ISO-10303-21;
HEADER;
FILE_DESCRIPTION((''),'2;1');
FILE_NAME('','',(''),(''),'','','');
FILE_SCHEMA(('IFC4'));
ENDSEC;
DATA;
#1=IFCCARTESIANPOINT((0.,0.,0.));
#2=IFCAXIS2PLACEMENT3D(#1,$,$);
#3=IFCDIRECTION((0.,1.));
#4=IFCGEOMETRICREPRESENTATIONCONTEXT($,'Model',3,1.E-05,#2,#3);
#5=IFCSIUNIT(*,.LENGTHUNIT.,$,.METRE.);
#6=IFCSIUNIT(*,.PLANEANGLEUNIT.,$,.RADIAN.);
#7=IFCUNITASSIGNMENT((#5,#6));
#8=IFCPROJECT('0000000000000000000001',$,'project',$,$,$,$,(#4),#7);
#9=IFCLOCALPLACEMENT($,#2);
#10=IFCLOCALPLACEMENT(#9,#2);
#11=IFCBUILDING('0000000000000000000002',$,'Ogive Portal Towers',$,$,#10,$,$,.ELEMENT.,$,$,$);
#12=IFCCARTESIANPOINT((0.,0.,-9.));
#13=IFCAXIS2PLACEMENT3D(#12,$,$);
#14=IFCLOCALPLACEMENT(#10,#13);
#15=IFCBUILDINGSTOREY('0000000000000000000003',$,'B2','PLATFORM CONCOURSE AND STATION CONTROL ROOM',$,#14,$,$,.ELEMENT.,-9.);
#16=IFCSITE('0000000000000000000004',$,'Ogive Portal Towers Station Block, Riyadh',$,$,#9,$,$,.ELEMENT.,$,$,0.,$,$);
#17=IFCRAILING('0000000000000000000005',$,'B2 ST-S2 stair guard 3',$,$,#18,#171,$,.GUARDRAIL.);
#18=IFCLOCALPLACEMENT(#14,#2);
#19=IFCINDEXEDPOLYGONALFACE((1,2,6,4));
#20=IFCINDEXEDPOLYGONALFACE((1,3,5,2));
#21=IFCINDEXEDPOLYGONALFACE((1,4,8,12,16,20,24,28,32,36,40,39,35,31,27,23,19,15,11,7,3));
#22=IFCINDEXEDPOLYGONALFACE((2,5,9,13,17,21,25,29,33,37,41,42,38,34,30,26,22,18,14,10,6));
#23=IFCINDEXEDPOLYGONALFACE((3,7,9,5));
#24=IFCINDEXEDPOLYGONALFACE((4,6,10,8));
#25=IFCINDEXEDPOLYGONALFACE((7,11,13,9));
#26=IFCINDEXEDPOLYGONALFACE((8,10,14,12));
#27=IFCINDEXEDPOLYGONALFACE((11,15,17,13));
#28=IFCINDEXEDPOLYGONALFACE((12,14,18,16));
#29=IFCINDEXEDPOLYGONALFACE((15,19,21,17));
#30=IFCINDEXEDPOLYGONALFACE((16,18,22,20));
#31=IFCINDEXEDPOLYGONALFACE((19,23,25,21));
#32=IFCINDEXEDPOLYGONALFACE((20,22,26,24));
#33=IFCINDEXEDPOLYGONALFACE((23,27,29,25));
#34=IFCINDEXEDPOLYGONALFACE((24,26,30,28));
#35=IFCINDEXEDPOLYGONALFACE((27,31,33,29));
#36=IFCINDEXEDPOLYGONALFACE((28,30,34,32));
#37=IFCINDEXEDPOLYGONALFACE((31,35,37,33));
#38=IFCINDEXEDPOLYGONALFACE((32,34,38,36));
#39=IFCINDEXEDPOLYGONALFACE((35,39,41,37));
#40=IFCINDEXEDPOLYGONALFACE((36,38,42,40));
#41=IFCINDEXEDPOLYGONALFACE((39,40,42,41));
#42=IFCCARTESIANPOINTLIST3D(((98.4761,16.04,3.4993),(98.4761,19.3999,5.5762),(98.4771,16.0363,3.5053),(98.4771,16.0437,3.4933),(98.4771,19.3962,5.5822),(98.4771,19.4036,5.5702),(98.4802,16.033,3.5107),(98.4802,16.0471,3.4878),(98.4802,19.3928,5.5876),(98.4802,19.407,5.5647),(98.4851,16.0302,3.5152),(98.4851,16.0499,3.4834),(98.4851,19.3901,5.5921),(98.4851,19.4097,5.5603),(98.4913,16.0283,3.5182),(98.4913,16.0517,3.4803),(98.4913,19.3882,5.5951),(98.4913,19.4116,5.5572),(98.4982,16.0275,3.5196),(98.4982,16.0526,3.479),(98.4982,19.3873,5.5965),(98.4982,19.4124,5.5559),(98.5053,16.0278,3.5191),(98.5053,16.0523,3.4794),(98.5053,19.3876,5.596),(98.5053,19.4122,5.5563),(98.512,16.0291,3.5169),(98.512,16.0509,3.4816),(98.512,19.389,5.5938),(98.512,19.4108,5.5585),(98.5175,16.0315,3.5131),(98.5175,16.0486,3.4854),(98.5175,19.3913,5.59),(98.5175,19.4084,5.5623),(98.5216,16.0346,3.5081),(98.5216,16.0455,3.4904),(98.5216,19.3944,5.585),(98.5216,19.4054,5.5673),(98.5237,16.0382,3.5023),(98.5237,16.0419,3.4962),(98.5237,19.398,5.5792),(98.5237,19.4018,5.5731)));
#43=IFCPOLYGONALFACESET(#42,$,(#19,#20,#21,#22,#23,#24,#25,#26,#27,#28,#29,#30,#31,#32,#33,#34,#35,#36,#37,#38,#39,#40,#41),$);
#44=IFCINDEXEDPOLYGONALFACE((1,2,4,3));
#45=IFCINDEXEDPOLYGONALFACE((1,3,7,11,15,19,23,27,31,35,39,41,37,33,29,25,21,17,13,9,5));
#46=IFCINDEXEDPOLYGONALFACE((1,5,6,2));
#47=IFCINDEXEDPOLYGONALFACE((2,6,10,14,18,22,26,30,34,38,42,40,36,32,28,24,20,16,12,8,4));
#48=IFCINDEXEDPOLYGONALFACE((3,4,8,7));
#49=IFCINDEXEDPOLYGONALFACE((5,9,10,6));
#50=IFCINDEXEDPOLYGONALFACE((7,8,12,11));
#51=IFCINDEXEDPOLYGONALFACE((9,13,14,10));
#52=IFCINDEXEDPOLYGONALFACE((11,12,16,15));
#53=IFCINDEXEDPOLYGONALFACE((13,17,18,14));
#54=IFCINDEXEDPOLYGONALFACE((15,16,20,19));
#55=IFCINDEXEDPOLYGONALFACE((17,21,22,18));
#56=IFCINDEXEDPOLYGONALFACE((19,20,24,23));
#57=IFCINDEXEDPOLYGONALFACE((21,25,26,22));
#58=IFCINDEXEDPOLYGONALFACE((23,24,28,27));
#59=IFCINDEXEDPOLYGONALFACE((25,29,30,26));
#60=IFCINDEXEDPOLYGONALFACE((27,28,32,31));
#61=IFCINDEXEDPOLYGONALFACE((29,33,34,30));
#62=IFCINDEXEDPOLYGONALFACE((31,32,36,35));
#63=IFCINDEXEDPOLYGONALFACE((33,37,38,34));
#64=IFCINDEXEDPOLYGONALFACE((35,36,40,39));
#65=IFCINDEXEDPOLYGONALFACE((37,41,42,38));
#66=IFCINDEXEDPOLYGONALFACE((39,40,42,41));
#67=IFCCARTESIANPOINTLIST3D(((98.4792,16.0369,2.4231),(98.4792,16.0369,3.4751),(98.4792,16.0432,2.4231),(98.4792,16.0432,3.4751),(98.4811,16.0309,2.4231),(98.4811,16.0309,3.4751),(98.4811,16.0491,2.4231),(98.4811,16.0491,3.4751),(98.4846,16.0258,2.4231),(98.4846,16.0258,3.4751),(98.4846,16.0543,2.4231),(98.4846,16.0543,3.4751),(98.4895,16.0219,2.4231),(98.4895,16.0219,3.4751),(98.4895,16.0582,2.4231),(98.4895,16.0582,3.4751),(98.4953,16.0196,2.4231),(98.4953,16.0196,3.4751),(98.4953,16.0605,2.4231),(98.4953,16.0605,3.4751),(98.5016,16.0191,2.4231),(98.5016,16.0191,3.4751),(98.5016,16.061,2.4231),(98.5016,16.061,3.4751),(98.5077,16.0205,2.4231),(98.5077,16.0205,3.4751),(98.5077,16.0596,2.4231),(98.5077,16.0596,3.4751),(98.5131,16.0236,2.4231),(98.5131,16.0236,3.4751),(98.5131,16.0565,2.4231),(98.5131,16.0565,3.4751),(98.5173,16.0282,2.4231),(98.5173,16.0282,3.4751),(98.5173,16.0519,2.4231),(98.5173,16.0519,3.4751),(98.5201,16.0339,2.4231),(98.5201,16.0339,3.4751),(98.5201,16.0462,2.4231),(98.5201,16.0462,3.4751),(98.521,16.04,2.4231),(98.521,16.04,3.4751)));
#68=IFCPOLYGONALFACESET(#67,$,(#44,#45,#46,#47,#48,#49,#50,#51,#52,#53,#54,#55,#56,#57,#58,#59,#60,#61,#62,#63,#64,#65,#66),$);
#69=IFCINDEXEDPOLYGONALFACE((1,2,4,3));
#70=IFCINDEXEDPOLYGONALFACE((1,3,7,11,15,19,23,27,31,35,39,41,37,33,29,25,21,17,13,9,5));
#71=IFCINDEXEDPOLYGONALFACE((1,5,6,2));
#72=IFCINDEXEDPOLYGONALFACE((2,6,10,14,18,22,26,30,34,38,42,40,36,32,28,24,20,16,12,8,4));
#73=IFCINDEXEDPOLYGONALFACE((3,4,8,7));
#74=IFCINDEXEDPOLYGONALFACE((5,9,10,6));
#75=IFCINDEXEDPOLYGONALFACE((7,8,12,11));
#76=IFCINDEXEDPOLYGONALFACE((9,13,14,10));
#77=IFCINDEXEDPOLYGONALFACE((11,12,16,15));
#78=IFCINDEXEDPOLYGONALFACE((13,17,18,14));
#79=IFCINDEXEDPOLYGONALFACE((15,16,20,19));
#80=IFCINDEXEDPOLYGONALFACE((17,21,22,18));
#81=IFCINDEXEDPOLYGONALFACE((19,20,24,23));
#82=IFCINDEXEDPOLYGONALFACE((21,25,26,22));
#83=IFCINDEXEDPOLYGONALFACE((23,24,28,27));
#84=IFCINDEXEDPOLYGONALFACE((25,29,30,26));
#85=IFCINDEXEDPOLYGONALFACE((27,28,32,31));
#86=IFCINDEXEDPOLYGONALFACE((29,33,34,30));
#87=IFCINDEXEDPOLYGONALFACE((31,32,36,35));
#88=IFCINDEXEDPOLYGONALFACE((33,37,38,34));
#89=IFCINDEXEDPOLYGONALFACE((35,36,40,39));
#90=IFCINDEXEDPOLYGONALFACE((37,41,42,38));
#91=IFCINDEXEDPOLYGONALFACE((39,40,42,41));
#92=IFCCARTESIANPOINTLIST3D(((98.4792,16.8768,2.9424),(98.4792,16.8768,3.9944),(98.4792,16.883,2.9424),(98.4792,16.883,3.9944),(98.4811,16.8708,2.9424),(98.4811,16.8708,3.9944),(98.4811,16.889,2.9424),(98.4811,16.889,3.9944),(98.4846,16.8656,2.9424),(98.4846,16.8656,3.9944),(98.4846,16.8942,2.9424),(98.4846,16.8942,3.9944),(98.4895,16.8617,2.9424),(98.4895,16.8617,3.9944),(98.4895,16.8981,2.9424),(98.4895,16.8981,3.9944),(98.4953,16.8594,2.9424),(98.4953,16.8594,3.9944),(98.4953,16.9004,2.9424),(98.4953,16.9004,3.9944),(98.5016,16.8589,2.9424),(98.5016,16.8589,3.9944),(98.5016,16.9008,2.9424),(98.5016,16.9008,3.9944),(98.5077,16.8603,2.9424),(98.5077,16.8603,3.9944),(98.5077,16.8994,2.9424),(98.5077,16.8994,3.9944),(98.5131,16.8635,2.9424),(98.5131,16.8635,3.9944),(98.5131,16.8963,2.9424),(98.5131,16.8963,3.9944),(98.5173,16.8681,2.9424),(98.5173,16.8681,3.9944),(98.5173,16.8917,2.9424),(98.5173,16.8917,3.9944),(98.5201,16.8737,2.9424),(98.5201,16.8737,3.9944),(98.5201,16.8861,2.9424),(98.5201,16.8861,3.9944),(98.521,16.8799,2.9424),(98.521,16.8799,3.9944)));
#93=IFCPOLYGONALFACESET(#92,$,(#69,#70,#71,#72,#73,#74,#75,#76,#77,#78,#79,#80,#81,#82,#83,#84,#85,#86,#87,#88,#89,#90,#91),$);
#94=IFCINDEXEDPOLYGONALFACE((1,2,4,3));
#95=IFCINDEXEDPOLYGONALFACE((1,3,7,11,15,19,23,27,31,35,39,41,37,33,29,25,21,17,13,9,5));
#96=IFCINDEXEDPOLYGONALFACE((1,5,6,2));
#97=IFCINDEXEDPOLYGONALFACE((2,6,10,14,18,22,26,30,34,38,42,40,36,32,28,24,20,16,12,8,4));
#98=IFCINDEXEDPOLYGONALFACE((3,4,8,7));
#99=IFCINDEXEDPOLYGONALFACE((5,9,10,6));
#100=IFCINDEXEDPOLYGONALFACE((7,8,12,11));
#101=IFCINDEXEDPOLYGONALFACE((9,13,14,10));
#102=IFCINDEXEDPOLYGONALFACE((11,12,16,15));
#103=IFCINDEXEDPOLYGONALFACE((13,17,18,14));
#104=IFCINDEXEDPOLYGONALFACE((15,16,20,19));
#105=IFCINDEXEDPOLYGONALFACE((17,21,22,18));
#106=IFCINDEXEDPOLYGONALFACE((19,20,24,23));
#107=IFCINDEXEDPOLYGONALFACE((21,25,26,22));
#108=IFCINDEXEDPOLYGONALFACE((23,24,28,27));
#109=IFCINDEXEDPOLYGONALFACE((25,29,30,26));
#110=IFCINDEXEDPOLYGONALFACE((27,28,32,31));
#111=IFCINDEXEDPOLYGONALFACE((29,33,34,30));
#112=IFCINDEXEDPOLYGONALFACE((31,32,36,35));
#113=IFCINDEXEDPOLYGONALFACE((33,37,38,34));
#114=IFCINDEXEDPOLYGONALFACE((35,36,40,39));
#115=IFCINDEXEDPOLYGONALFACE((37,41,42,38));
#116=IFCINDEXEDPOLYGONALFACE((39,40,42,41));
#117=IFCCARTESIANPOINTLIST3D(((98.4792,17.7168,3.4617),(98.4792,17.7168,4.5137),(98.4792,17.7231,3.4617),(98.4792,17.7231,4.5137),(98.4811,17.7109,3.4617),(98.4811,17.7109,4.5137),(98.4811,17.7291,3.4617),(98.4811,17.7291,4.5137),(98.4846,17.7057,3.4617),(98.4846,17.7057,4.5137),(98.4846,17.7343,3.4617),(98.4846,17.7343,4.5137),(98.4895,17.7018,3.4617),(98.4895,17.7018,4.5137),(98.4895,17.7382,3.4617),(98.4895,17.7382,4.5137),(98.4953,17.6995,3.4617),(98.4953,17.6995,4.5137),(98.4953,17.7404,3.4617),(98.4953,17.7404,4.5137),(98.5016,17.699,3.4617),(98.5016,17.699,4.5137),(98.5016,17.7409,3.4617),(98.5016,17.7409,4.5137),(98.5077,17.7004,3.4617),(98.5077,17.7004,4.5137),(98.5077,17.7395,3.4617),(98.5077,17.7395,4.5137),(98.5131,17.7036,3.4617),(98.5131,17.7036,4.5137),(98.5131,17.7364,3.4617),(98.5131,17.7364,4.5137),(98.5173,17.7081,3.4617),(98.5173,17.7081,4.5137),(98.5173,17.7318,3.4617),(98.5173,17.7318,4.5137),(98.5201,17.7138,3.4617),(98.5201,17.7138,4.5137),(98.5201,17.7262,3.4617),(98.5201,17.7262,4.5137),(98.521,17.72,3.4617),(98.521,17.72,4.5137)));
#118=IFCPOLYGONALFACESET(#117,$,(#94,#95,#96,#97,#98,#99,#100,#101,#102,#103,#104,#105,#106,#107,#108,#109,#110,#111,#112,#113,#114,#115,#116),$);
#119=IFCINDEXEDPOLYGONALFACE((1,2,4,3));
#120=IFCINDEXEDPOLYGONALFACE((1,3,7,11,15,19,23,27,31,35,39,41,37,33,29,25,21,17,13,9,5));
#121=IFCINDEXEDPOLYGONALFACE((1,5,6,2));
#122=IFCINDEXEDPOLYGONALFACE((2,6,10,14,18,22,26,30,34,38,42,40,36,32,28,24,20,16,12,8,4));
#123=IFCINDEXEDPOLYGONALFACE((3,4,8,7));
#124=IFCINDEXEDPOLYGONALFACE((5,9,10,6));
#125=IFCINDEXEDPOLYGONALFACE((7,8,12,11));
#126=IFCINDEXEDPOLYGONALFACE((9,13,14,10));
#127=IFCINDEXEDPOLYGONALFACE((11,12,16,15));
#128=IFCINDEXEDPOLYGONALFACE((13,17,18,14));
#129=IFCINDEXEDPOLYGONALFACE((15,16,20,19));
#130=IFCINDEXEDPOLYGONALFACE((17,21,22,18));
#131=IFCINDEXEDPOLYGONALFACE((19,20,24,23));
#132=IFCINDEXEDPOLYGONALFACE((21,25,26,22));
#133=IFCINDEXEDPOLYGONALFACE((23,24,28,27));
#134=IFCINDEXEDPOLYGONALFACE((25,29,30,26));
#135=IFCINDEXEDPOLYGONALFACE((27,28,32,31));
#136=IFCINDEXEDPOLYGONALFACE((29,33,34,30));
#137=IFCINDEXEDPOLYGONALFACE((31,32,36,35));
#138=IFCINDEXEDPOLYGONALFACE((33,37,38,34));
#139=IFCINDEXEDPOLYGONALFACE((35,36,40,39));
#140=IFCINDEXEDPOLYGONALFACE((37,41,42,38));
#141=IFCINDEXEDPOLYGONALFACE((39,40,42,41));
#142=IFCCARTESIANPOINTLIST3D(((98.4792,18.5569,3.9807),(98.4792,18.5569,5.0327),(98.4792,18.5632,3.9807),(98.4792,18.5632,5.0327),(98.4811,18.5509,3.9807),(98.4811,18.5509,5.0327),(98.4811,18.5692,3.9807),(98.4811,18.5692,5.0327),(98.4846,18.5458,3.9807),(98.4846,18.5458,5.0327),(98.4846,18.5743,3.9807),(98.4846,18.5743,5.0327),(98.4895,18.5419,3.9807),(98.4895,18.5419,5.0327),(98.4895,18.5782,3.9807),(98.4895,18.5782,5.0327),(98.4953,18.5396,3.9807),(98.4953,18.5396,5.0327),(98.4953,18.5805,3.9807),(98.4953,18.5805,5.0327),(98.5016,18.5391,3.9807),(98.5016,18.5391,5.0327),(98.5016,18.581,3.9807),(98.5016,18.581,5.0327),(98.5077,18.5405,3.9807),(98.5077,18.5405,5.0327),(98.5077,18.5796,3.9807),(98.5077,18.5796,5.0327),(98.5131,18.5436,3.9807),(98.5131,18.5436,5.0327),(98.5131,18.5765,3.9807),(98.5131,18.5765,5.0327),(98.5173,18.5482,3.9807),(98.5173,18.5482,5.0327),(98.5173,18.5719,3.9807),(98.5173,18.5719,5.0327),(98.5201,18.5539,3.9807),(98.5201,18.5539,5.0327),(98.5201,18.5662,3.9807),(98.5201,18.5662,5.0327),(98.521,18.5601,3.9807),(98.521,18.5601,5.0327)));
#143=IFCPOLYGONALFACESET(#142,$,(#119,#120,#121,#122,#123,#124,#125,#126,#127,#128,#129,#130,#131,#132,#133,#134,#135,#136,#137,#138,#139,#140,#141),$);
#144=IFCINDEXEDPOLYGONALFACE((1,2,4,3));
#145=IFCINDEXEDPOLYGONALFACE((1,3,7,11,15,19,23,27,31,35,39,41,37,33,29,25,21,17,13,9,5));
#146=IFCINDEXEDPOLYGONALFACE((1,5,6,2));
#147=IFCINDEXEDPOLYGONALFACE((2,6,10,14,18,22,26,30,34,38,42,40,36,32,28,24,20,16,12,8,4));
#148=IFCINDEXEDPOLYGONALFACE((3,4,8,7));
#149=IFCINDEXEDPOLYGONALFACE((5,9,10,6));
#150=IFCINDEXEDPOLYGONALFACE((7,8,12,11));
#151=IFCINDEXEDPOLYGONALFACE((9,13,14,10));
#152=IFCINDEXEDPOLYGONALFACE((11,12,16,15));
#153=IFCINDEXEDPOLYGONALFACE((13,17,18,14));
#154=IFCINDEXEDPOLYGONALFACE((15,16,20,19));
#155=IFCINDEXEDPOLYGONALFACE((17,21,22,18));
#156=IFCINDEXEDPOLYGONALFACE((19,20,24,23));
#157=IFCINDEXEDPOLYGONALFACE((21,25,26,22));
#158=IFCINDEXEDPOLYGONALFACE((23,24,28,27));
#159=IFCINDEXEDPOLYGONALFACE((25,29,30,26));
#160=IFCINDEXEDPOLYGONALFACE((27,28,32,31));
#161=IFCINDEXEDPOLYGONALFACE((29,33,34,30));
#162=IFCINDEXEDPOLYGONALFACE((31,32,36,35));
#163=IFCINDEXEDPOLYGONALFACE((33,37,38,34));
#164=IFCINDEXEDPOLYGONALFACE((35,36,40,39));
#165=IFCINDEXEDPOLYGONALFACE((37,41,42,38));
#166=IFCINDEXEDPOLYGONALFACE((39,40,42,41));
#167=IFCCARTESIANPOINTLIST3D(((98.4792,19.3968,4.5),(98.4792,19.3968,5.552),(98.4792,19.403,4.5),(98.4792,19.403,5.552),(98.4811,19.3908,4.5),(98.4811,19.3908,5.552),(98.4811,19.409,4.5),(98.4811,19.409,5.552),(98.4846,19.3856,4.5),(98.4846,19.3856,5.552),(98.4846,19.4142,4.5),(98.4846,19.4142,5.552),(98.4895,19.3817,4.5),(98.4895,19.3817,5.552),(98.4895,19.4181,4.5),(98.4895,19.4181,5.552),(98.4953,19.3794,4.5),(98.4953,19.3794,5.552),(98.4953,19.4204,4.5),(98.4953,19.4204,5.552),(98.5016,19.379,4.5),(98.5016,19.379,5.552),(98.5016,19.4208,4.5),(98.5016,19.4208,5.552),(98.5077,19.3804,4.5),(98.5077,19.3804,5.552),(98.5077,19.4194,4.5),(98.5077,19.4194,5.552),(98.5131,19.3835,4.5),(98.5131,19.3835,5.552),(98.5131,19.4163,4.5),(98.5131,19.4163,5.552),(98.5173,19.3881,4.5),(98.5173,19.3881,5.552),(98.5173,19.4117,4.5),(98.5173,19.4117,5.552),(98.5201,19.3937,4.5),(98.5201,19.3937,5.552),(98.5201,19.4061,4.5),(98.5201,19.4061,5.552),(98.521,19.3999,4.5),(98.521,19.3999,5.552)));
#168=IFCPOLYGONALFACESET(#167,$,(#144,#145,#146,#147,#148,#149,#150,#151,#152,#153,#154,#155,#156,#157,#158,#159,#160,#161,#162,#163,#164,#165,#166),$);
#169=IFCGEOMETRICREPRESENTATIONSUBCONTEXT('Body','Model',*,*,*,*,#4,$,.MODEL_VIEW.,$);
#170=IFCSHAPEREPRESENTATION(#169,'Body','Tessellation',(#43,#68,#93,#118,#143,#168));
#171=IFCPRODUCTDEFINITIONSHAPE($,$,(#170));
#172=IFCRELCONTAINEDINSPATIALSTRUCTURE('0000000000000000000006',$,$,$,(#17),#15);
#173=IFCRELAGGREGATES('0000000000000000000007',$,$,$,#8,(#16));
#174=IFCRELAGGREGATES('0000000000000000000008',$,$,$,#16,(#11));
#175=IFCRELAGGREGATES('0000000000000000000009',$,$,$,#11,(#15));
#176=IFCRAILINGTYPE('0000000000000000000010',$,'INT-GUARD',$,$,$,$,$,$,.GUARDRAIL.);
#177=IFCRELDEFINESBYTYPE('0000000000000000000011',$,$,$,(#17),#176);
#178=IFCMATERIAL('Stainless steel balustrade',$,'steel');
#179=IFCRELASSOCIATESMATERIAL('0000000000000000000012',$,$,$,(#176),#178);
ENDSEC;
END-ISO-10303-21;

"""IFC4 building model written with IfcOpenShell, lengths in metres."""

from ifc_helpers import new_model, si_unit, direction, frame, origin, origin_2d, place, context, subcontext, project, spatial, circle, extrude, material, type_object, element, save


model = new_model("IFC4")

# Units and contexts
model_context = context("Model", 3, precision=1e-05, world=origin(), true_north=direction((0.0, 1.0)))
body_context = subcontext(model_context, "Body", "Model", "MODEL_VIEW")
ifc_project = project(units=[si_unit("LENGTHUNIT", "METRE"), si_unit("PLANEANGLEUNIT", "RADIAN")], contexts=[model_context])

# Site, building, storey
site_placement = place(None, origin())
site = spatial("IfcSite", under=ifc_project, at=site_placement, Name="Ogive Portal Towers Station Block, Riyadh", CompositionType="ELEMENT", RefElevation=0.0)
building_placement = place(site_placement, origin())
building = spatial("IfcBuilding", under=site, at=building_placement, Name="Ogive Portal Towers", CompositionType="ELEMENT")
storey_placement = place(building_placement, frame((0.0, 0.0, -9.0)))
storey = spatial("IfcBuildingStorey", under=building, at=storey_placement, Name="B2", Description="PLATFORM CONCOURSE AND STATION CONTROL ROOM", CompositionType="ELEMENT", Elevation=-9.0)

# Railing
ifc_material_1 = material(Name="Stainless steel balustrade", Category="steel")
railing_type_1 = type_object("IfcRailingType", Name="INT-GUARD", PredefinedType="GUARDRAIL", material=ifc_material_1)
railing_1_placement = place(storey_placement, frame((98.5, 16.04, 2.4231)))
element("IfcRailing", 1, at=railing_1_placement, inside=storey, type_object=railing_type_1, Name="B2 ST-S2 stair guard 3", PredefinedType="GUARDRAIL", context=body_context, shape_type="SweptSolid", body=[
    extrude(circle(Radius=0.0239, at=origin_2d()), frame((0.0, 0.0, 1.0762), z_axis=(0.0, 0.850606, 0.525803), x_axis=(-1.0, 0.0, 0.0)), (0.0, 0.0, 1.0), 3.95),
    extrude(circle(Radius=0.021, at=origin_2d()), origin(), (0.0, 0.0, 1.0), 1.052),
    extrude(circle(Radius=0.021, at=origin_2d()), frame((0.0, 0.8398, 0.5193)), (0.0, 0.0, 1.0), 1.052),
    extrude(circle(Radius=0.021, at=origin_2d()), frame((0.0, 1.6799, 1.0386)), (0.0, 0.0, 1.0), 1.052),
    extrude(circle(Radius=0.021, at=origin_2d()), frame((0.0, 2.52, 1.5576)), (0.0, 0.0, 1.0), 1.052),
    extrude(circle(Radius=0.021, at=origin_2d()), frame((0.0, 3.3599, 2.0769)), (0.0, 0.0, 1.0), 1.052),
])

save(model, "model.ifc")
